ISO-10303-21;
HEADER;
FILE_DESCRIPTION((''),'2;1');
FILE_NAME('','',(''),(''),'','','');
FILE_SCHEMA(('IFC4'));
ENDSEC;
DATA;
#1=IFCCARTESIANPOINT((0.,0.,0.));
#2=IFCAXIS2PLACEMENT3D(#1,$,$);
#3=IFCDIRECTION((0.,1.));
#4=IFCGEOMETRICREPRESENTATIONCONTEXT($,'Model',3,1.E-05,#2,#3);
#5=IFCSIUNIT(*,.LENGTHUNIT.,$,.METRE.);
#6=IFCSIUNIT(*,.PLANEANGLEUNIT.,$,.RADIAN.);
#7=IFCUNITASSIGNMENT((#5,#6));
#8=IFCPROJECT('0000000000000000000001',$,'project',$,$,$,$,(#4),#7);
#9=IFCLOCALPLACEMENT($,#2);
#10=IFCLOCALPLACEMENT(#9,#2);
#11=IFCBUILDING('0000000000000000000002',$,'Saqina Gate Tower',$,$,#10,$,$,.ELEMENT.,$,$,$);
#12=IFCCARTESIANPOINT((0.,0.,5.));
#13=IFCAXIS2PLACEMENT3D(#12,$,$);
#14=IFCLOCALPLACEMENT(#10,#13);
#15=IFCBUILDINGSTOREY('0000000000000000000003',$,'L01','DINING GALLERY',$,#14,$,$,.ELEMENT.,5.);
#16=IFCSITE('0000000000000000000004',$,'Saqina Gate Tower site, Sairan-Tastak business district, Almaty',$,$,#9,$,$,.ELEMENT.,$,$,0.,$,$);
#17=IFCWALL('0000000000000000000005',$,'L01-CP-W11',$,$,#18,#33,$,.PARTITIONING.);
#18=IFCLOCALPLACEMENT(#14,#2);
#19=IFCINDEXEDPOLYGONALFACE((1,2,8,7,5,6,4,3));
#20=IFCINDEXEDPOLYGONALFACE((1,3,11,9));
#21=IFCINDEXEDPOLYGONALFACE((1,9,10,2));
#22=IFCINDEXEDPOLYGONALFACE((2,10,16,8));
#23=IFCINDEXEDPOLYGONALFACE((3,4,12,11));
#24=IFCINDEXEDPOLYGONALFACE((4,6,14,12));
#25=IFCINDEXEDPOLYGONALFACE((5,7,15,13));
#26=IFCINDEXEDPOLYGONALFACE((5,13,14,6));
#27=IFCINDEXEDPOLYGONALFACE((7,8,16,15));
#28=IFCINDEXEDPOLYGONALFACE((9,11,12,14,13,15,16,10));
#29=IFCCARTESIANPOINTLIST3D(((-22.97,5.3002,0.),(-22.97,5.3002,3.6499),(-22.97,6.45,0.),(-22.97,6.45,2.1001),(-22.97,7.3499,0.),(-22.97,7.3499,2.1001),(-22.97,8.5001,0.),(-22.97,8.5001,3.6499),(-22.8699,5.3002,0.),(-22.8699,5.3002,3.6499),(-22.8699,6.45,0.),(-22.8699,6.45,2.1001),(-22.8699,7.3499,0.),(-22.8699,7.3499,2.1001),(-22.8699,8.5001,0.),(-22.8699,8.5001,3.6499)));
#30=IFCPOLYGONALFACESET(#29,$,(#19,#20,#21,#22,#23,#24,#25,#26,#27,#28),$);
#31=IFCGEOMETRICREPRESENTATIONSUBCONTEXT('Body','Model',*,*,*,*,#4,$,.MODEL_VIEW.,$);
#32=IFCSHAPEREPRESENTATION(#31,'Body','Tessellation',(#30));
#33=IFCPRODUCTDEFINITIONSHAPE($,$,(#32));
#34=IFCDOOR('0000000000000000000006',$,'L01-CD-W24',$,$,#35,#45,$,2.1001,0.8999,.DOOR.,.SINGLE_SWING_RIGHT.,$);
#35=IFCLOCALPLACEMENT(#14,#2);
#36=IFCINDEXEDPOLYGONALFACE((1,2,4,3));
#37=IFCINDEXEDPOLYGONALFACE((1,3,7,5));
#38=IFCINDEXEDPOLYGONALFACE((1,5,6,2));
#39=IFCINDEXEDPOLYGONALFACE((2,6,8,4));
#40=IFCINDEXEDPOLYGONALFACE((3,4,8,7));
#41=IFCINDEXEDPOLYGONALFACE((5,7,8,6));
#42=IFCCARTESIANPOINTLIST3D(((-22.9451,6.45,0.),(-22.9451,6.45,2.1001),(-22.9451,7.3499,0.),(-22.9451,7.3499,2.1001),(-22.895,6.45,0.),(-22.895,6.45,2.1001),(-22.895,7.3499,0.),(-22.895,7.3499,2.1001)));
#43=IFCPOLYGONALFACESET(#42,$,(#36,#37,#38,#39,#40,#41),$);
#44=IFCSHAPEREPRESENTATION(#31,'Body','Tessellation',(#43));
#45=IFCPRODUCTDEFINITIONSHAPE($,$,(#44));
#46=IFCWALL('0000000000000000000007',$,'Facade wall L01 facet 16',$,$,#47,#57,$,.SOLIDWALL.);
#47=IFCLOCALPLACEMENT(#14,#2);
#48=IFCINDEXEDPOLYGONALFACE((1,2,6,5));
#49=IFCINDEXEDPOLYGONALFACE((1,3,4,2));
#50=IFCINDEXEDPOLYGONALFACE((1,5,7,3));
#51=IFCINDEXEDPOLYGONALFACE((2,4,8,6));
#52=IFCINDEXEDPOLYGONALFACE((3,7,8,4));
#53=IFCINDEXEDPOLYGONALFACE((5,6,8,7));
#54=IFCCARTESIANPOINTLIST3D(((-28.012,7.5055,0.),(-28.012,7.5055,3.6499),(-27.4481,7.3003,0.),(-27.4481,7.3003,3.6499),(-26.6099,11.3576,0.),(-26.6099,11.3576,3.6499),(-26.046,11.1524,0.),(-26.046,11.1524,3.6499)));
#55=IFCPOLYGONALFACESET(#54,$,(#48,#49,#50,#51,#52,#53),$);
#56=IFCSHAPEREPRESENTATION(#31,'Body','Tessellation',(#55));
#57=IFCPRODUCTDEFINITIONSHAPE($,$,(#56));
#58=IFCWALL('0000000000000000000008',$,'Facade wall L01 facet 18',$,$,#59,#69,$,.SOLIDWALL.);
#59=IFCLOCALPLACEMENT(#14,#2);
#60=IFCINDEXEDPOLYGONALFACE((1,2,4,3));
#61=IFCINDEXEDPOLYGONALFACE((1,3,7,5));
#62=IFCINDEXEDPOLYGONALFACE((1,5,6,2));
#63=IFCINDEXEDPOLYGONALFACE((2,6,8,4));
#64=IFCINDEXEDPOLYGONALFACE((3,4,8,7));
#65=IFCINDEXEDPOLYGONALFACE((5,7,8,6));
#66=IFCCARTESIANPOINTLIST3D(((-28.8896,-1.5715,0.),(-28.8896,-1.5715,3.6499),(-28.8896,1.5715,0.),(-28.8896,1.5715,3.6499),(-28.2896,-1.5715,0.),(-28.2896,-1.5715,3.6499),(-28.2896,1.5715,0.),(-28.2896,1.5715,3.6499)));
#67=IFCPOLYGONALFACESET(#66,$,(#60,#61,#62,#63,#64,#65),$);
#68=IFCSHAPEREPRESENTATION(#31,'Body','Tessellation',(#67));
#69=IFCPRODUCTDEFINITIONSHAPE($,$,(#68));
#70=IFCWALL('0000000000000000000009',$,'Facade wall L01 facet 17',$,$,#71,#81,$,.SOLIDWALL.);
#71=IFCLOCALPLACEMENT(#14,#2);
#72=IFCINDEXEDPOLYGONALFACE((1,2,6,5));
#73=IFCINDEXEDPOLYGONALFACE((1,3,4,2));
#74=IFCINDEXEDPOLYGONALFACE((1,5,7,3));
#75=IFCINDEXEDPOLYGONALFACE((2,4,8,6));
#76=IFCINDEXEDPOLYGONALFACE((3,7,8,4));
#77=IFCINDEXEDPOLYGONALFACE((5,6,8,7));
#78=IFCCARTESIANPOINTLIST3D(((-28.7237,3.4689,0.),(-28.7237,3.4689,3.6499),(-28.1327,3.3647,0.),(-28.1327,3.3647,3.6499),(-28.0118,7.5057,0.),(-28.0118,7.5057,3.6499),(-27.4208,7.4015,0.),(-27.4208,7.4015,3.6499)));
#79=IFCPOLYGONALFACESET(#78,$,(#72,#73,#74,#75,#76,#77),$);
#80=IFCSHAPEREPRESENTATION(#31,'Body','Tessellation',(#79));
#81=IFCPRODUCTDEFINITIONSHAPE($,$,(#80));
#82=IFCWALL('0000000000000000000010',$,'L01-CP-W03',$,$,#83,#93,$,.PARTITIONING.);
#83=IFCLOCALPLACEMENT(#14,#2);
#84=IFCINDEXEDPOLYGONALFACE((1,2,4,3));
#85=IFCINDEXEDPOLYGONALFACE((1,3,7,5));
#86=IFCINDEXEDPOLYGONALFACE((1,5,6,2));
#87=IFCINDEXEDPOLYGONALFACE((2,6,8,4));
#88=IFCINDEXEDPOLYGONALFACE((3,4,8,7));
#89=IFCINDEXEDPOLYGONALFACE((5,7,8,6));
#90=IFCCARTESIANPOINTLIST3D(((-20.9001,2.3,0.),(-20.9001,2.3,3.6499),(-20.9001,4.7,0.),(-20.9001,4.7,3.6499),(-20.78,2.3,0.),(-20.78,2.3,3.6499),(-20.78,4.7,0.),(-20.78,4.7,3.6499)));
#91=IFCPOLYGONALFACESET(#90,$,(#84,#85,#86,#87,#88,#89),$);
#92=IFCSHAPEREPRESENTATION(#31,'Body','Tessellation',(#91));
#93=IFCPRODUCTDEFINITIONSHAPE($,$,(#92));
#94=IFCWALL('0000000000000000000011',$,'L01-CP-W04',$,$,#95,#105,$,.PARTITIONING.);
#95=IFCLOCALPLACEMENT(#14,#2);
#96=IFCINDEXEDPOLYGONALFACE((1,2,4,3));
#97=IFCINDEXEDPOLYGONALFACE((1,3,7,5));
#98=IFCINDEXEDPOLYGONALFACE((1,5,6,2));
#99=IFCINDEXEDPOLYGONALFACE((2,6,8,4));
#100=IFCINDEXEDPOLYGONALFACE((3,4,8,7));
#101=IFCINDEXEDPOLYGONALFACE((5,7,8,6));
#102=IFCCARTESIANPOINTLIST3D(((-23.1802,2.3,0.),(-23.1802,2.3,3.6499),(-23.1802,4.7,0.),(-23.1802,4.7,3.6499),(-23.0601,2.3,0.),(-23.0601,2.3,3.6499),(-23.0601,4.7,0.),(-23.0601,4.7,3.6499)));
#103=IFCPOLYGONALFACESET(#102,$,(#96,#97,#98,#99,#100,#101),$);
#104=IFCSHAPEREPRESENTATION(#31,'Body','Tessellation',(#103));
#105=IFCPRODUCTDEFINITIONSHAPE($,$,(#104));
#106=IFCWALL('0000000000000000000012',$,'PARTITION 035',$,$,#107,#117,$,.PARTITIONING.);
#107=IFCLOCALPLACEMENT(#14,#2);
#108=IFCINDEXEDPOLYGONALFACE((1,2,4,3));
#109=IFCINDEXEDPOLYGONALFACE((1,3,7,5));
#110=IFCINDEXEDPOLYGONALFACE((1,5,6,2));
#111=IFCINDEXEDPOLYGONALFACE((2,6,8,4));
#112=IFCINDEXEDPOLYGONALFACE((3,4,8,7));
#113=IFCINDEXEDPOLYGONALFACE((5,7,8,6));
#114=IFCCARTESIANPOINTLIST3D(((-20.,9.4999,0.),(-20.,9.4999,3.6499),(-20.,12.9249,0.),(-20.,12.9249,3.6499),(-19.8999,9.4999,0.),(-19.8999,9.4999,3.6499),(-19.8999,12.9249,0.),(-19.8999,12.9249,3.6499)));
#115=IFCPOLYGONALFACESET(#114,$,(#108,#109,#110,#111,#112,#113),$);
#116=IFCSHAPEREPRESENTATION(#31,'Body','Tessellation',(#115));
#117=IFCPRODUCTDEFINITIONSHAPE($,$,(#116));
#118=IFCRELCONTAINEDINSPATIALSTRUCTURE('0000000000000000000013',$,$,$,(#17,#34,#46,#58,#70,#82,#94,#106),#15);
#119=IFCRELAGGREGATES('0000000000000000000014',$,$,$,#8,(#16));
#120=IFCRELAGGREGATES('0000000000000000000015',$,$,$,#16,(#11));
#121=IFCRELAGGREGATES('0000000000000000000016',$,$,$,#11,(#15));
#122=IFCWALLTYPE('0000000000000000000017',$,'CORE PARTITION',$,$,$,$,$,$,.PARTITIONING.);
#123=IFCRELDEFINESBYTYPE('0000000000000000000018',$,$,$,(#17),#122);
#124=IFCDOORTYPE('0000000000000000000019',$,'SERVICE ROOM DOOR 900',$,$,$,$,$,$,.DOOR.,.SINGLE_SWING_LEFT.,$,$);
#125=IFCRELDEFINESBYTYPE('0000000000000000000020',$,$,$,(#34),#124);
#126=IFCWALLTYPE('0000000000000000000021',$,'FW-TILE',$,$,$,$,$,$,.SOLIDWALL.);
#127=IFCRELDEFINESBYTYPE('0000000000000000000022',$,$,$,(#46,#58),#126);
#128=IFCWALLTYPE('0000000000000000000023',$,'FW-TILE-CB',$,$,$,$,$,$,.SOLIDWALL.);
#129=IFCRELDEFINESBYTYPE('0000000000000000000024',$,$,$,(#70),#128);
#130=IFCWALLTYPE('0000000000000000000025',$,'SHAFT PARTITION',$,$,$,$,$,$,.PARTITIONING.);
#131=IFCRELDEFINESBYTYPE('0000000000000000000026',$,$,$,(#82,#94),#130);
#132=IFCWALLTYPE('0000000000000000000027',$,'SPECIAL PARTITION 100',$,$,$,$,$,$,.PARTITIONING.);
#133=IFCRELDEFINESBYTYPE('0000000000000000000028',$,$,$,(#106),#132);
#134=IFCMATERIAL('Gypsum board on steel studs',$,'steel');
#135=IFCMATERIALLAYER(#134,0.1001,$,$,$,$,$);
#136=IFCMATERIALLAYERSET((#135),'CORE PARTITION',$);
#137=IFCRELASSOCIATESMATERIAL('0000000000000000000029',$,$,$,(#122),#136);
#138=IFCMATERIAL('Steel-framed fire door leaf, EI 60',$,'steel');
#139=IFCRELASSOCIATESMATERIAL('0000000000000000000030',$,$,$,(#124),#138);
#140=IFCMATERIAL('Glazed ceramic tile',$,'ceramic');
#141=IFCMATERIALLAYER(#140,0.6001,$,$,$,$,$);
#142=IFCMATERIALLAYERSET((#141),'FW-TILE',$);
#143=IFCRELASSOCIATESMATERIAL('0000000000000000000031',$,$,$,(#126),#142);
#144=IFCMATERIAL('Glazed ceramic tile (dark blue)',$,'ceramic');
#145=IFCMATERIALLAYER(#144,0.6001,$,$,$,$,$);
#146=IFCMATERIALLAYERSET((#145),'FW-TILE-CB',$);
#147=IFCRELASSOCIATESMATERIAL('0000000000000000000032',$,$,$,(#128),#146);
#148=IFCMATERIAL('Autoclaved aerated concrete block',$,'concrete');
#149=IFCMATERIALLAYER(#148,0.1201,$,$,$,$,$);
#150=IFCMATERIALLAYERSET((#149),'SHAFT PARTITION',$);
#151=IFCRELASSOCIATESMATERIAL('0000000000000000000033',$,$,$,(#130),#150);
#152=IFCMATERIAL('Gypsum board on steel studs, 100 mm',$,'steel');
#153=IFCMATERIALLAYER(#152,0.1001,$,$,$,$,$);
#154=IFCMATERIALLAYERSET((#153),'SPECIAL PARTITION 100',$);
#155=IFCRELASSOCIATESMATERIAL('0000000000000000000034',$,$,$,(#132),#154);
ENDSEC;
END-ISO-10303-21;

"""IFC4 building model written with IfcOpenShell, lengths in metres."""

from ifc_helpers import new_model, si_unit, direction, frame, frame_2d, origin, place, context, subcontext, project, spatial, rectangle, extrude, material, layer, layer_set, type_object, element, fill, save


model = new_model("IFC4")

# Units and contexts
model_context = context("Model", 3, precision=1e-05, world=origin(), true_north=direction((0.0, 1.0)))
body_context = subcontext(model_context, "Body", "Model", "MODEL_VIEW")
ifc_project = project(units=[si_unit("LENGTHUNIT", "METRE"), si_unit("PLANEANGLEUNIT", "RADIAN")], contexts=[model_context])

# Site, building, storey
site_placement = place(None, origin())
site = spatial("IfcSite", under=ifc_project, at=site_placement, Name="Saqina Gate Tower site, Sairan-Tastak business district, Almaty", CompositionType="ELEMENT", RefElevation=0.0)
building_placement = place(site_placement, origin())
building = spatial("IfcBuilding", under=site, at=building_placement, Name="Saqina Gate Tower", CompositionType="ELEMENT")
storey_placement = place(building_placement, frame((0.0, 0.0, 5.0)))
storey = spatial("IfcBuildingStorey", under=building, at=storey_placement, Name="L01", Description="DINING GALLERY", CompositionType="ELEMENT", Elevation=5.0)

# Wall, opening, door
ifc_material_1 = material(Name="Gypsum board on steel studs", Category="steel")
ifc_layer_1 = layer(ifc_material_1, 0.1001)
ifc_layer_set_1 = layer_set([ifc_layer_1], Name="CORE PARTITION")
wall_type_1 = type_object("IfcWallType", Name="CORE PARTITION", PredefinedType="PARTITIONING", material=ifc_layer_set_1)
ifc_material_2 = material(Name="Steel-framed fire door leaf, EI 60", Category="steel")
door_type_1 = type_object("IfcDoorType", Name="SERVICE ROOM DOOR 900", OperationType="SINGLE_SWING_LEFT", PredefinedType="DOOR", material=ifc_material_2)
wall_1_placement = place(storey_placement, frame((-22.9199, 5.3, 0.0), z_axis=(0.0, 0.0, 1.0), x_axis=(0.0, 1.0, 0.0)))
wall_1 = element("IfcWall", 1, at=wall_1_placement, inside=storey, type_object=wall_type_1, Name="L01-CP-W11", PredefinedType="PARTITIONING", context=body_context, shape_type="SweptSolid", body=[
    extrude(rectangle(XDim=3.2, YDim=0.1001, at=frame_2d((1.6001, 0.0))), origin(), (0.0, 0.0, 1.0), 3.6499),
])
opening_1_placement = place(wall_1_placement, frame((1.1499, 0.0, 0.0)))
opening_1 = element("IfcOpeningElement", 2, at=opening_1_placement, cuts=wall_1, PredefinedType="OPENING", context=body_context, shape_type="SweptSolid", body=[
    extrude(rectangle(XDim=0.8999, YDim=2.1001, at=frame_2d((0.45, 1.05))), frame((0.0, 0.062, 0.0), z_axis=(0.0, -1.0, 0.0), x_axis=(1.0, 0.0, 0.0)), (0.0, 0.0, 1.0), 0.124),
])
door_1_placement = place(opening_1_placement, frame((0.8999, 0.0, 0.0), z_axis=(0.0, 0.0, 1.0), x_axis=(-1.0, 0.0, 0.0)))
door_1 = element("IfcDoor", 3, at=door_1_placement, inside=storey, type_object=door_type_1, Name="L01-CD-W24", OperationType="SINGLE_SWING_RIGHT", OverallHeight=2.1001, OverallWidth=0.8999, PredefinedType="DOOR", context=body_context, shape_type="SweptSolid", body=[
    extrude(rectangle(XDim=0.8999, YDim=2.1001, at=frame_2d((0.45, 1.05))), frame((0.0, 0.0249, 0.0), z_axis=(0.0, -1.0, 0.0), x_axis=(1.0, 0.0, 0.0)), (0.0, 0.0, 1.0), 0.05),
])
fill(opening_1, door_1)

# Walls
ifc_material_3 = material(Name="Glazed ceramic tile", Category="ceramic")
ifc_layer_2 = layer(ifc_material_3, 0.6001)
ifc_layer_set_2 = layer_set([ifc_layer_2], Name="FW-TILE")
wall_type_2 = type_object("IfcWallType", Name="FW-TILE", PredefinedType="SOLIDWALL", material=ifc_layer_set_2)
wall_2_placement = place(storey_placement, frame((-26.3279, 11.2551, 0.0), z_axis=(0.0, 0.0, 1.0), x_axis=(-0.342035, -0.939687, 0.0)))
element("IfcWall", 4, at=wall_2_placement, inside=storey, type_object=wall_type_2, Name="Facade wall L01 facet 16", PredefinedType="SOLIDWALL", context=body_context, shape_type="SweptSolid", body=[
    extrude(rectangle(XDim=4.0994, YDim=0.6001, at=frame_2d((2.0498, 0.0))), origin(), (0.0, 0.0, 1.0), 3.6499),
])
wall_3_placement = place(storey_placement, frame((-28.5896, 1.5715, 0.0), z_axis=(0.0, 0.0, 1.0), x_axis=(0.0, -1.0, 0.0)))
element("IfcWall", 5, at=wall_3_placement, inside=storey, type_object=wall_type_2, Name="Facade wall L01 facet 18", PredefinedType="SOLIDWALL", context=body_context, shape_type="SweptSolid", body=[
    extrude(rectangle(XDim=3.1431, YDim=0.6001, at=frame_2d((1.5715, 0.0))), origin(), (0.0, 0.0, 1.0), 3.6499),
])
ifc_material_4 = material(Name="Glazed ceramic tile (dark blue)", Category="ceramic")
ifc_layer_3 = layer(ifc_material_4, 0.6001)
ifc_layer_set_3 = layer_set([ifc_layer_3], Name="FW-TILE-CB")
wall_type_3 = type_object("IfcWallType", Name="FW-TILE-CB", PredefinedType="SOLIDWALL", material=ifc_layer_set_3)
wall_4_placement = place(storey_placement, frame((-27.7163, 7.4536, 0.0), z_axis=(0.0, 0.0, 1.0), x_axis=(-0.173673, -0.984803, 0.0)))
element("IfcWall", 6, at=wall_4_placement, inside=storey, type_object=wall_type_3, Name="Facade wall L01 facet 17", PredefinedType="SOLIDWALL", context=body_context, shape_type="SweptSolid", body=[
    extrude(rectangle(XDim=4.0991, YDim=0.6001, at=frame_2d((2.0496, 0.0))), origin(), (0.0, 0.0, 1.0), 3.6499),
])
ifc_material_5 = material(Name="Autoclaved aerated concrete block", Category="concrete")
ifc_layer_4 = layer(ifc_material_5, 0.1201)
ifc_layer_set_4 = layer_set([ifc_layer_4], Name="SHAFT PARTITION")
wall_type_4 = type_object("IfcWallType", Name="SHAFT PARTITION", PredefinedType="PARTITIONING", material=ifc_layer_set_4)
for number, where, z_axis, x_axis, name in (
    (7, (-20.8401, 2.3, 0.0), (0.0, 0.0, 1.0), (0.0, 1.0, 0.0), "L01-CP-W03"),
    (8, (-23.1201, 2.3, 0.0), (0.0, 0.0, 1.0), (0.0, 1.0, 0.0), "L01-CP-W04"),
):
    element("IfcWall", number, at=place(storey_placement, frame(where, z_axis=z_axis, x_axis=x_axis)), inside=storey, type_object=wall_type_4, Name=name, PredefinedType="PARTITIONING", context=body_context, shape_type="SweptSolid", body=[
        extrude(rectangle(XDim=2.3999, YDim=0.1201, at=frame_2d((1.2, 0.0))), origin(), (0.0, 0.0, 1.0), 3.6499),
    ])
ifc_material_6 = material(Name="Gypsum board on steel studs, 100 mm", Category="steel")
ifc_layer_5 = layer(ifc_material_6, 0.1001)
ifc_layer_set_5 = layer_set([ifc_layer_5], Name="SPECIAL PARTITION 100")
wall_type_5 = type_object("IfcWallType", Name="SPECIAL PARTITION 100", PredefinedType="PARTITIONING", material=ifc_layer_set_5)
wall_5_placement = place(storey_placement, frame((-19.95, 9.5, 0.0), z_axis=(0.0, 0.0, 1.0), x_axis=(0.0, 1.0, 0.0)))
element("IfcWall", 9, at=wall_5_placement, inside=storey, type_object=wall_type_5, Name="PARTITION 035", PredefinedType="PARTITIONING", context=body_context, shape_type="SweptSolid", body=[
    extrude(rectangle(XDim=3.425, YDim=0.1001, at=frame_2d((1.7124, 0.0))), origin(), (0.0, 0.0, 1.0), 3.6499),
])

save(model, "model.ifc")
